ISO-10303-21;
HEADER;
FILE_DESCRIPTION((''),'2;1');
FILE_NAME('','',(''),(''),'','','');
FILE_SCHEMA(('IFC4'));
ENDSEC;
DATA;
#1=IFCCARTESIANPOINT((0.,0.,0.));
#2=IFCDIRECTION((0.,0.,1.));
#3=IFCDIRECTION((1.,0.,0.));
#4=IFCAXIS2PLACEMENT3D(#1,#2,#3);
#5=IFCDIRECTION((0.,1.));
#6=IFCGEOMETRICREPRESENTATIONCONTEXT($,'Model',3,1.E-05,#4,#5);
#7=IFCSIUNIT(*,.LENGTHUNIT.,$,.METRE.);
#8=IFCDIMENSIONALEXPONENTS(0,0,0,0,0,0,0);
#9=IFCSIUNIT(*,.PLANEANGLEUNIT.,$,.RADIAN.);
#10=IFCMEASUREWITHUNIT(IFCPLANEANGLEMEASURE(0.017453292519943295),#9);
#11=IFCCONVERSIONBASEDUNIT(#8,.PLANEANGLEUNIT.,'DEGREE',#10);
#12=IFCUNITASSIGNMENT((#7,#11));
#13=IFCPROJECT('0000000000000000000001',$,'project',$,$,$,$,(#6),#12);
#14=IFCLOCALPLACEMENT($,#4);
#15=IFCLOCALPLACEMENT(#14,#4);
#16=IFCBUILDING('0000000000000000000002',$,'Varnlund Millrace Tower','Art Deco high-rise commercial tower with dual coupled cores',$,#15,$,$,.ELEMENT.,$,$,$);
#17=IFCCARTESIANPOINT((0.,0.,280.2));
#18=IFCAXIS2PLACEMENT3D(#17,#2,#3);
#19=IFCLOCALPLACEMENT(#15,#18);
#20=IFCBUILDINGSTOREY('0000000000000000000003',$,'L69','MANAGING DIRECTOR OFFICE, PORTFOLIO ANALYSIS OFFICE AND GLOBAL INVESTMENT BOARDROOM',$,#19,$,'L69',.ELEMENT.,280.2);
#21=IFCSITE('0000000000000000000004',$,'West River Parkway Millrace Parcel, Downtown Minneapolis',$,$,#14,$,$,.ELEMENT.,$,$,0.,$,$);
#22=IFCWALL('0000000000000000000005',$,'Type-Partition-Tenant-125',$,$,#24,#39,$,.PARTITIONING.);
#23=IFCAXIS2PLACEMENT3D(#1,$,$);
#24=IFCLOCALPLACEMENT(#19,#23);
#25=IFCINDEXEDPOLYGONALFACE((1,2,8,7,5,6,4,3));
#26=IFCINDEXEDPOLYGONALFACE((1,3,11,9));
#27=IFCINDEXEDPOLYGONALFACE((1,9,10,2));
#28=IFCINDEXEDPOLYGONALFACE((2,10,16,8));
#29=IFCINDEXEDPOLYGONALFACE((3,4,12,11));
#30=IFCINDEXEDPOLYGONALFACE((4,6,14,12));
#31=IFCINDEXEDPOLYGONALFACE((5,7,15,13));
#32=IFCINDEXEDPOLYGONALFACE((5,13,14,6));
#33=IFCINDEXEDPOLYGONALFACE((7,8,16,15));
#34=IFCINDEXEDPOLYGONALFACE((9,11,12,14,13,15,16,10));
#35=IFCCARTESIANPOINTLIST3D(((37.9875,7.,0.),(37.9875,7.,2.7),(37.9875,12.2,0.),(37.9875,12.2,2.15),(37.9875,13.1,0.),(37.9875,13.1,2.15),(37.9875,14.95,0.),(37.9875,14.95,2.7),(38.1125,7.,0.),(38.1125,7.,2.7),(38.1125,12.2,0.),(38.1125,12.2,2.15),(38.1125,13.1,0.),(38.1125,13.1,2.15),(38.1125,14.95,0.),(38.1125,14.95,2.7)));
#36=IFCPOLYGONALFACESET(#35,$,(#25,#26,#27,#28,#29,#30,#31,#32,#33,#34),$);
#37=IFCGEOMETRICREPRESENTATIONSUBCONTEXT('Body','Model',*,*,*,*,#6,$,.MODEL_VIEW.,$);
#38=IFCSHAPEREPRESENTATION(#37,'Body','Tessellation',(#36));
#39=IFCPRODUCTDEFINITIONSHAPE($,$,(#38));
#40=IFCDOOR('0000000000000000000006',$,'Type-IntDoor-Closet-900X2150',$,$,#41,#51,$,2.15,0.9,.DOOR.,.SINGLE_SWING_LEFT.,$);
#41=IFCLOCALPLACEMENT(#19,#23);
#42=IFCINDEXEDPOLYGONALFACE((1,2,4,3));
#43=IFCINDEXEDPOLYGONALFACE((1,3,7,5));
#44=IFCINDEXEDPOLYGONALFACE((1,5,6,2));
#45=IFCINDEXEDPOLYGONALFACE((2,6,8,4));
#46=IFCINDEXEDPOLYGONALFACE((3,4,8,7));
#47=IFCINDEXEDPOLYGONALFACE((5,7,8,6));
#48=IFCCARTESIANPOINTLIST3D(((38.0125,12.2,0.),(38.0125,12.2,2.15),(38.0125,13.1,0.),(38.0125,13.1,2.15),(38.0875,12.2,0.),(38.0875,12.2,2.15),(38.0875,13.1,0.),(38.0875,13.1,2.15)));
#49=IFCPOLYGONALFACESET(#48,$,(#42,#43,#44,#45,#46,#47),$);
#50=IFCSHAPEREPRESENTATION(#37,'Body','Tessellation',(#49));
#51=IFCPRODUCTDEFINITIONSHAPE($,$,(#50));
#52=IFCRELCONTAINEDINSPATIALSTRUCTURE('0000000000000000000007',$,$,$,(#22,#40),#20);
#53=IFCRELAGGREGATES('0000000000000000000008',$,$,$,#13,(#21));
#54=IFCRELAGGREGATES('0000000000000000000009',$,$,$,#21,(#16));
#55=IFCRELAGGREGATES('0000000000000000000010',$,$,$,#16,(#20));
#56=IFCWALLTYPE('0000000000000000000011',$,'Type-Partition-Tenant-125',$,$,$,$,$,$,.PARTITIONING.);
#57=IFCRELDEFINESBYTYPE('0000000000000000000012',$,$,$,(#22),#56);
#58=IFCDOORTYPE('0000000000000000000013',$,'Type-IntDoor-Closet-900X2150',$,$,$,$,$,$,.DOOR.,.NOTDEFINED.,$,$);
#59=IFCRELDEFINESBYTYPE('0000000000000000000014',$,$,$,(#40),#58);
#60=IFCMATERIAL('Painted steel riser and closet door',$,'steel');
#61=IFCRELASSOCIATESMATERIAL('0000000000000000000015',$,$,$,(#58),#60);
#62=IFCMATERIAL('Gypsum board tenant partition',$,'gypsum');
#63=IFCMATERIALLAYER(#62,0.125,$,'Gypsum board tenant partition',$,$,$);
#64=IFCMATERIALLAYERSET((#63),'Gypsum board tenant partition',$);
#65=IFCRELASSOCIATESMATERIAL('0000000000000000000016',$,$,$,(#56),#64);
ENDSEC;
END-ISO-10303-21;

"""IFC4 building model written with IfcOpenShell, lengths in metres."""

from ifc_helpers import new_model, entity, si_unit, converted_unit, direction, frame, origin_with_axes, origin_2d_with_axis, place, context, subcontext, project, spatial, polyline, rectangle, outline, extrude, material, layer, layer_set, type_object, element, fill, save


model = new_model("IFC4")

# Units and contexts
model_context = context("Model", 3, precision=1e-05, world=origin_with_axes(), true_north=direction((0.0, 1.0)))
body_context = subcontext(model_context, "Body", "Model", "MODEL_VIEW")
ifc_project = project(units=[si_unit("LENGTHUNIT", "METRE"), converted_unit("PLANEANGLEUNIT", "DEGREE", entity("IfcPlaneAngleMeasure", 0.017453292519943295), si_unit("PLANEANGLEUNIT", "RADIAN"), dimensions=[0, 0, 0, 0, 0, 0, 0])], contexts=[model_context])

# Site, building, storey
site_placement = place(None, origin_with_axes())
site = spatial("IfcSite", under=ifc_project, at=site_placement, Name="West River Parkway Millrace Parcel, Downtown Minneapolis", CompositionType="ELEMENT", RefElevation=0.0)
building_placement = place(site_placement, origin_with_axes())
building = spatial("IfcBuilding", under=site, at=building_placement, Name="Varnlund Millrace Tower", Description="Art Deco high-rise commercial tower with dual coupled cores", CompositionType="ELEMENT")
storey_placement = place(building_placement, frame((0.0, 0.0, 280.2), z_axis=(0.0, 0.0, 1.0), x_axis=(1.0, 0.0, 0.0)))
storey = spatial("IfcBuildingStorey", under=building, at=storey_placement, Name="L69", Description="MANAGING DIRECTOR OFFICE, PORTFOLIO ANALYSIS OFFICE AND GLOBAL INVESTMENT BOARDROOM", LongName="L69", CompositionType="ELEMENT", Elevation=280.2)

# Shared definitions
ifc_material_1 = material(Name="Painted steel riser and closet door", Category="steel")
door_type = type_object("IfcDoorType", Name="Type-IntDoor-Closet-900X2150", OperationType="NOTDEFINED", PredefinedType="DOOR", material=ifc_material_1)

# Shared definitions
ifc_material_2 = material(Name="Gypsum board tenant partition", Category="gypsum")
ifc_layer_1 = layer(ifc_material_2, 0.125, Name="Gypsum board tenant partition")
ifc_layer_set_1 = layer_set([ifc_layer_1], Name="Gypsum board tenant partition")
wall_type_1 = type_object("IfcWallType", Name="Type-Partition-Tenant-125", PredefinedType="PARTITIONING", material=ifc_layer_set_1)

# Wall, opening, door
wall_1_placement = place(storey_placement, frame((38.05, 7.0, 0.0), z_axis=(0.0, 0.0, 1.0), x_axis=(0.0, 1.0, 0.0)))
wall_1 = element("IfcWall", 1, at=wall_1_placement, inside=storey, type_object=wall_type_1, Name="Type-Partition-Tenant-125", PredefinedType="PARTITIONING", context=body_context, shape_type="SweptSolid", body=[
    extrude(outline(polyline([(0.0, -0.0625), (7.95, -0.0625), (7.95, 0.0625), (0.0, 0.0625), (0.0, -0.0625)])), origin_with_axes(), (0.0, 0.0, 1.0), 2.7),
])
opening_1_placement = place(wall_1_placement, frame((5.65, 0.0, 0.0), z_axis=(0.0, 0.0, 1.0), x_axis=(1.0, 0.0, 0.0)))
opening_1 = element("IfcOpeningElement", 2, at=opening_1_placement, cuts=wall_1, PredefinedType="OPENING", context=body_context, shape_type="SweptSolid", body=[
    extrude(rectangle(XDim=0.9, YDim=0.145, at=origin_2d_with_axis()), origin_with_axes(), (0.0, 0.0, 1.0), 2.15),
])
door_1_placement = place(wall_1_placement, frame((5.65, 0.0, 0.0), z_axis=(0.0, 0.0, 1.0), x_axis=(1.0, 0.0, 0.0)))
door_1 = element("IfcDoor", 3, at=door_1_placement, inside=storey, type_object=door_type, Name="Type-IntDoor-Closet-900X2150", OperationType="SINGLE_SWING_LEFT", OverallHeight=2.15, OverallWidth=0.9, PredefinedType="DOOR", context=body_context, shape_type="SweptSolid", body=[
    extrude(rectangle(XDim=0.9, YDim=0.075, at=origin_2d_with_axis()), origin_with_axes(), (0.0, 0.0, 1.0), 2.15),
])
fill(opening_1, door_1)

save(model, "model.ifc")
